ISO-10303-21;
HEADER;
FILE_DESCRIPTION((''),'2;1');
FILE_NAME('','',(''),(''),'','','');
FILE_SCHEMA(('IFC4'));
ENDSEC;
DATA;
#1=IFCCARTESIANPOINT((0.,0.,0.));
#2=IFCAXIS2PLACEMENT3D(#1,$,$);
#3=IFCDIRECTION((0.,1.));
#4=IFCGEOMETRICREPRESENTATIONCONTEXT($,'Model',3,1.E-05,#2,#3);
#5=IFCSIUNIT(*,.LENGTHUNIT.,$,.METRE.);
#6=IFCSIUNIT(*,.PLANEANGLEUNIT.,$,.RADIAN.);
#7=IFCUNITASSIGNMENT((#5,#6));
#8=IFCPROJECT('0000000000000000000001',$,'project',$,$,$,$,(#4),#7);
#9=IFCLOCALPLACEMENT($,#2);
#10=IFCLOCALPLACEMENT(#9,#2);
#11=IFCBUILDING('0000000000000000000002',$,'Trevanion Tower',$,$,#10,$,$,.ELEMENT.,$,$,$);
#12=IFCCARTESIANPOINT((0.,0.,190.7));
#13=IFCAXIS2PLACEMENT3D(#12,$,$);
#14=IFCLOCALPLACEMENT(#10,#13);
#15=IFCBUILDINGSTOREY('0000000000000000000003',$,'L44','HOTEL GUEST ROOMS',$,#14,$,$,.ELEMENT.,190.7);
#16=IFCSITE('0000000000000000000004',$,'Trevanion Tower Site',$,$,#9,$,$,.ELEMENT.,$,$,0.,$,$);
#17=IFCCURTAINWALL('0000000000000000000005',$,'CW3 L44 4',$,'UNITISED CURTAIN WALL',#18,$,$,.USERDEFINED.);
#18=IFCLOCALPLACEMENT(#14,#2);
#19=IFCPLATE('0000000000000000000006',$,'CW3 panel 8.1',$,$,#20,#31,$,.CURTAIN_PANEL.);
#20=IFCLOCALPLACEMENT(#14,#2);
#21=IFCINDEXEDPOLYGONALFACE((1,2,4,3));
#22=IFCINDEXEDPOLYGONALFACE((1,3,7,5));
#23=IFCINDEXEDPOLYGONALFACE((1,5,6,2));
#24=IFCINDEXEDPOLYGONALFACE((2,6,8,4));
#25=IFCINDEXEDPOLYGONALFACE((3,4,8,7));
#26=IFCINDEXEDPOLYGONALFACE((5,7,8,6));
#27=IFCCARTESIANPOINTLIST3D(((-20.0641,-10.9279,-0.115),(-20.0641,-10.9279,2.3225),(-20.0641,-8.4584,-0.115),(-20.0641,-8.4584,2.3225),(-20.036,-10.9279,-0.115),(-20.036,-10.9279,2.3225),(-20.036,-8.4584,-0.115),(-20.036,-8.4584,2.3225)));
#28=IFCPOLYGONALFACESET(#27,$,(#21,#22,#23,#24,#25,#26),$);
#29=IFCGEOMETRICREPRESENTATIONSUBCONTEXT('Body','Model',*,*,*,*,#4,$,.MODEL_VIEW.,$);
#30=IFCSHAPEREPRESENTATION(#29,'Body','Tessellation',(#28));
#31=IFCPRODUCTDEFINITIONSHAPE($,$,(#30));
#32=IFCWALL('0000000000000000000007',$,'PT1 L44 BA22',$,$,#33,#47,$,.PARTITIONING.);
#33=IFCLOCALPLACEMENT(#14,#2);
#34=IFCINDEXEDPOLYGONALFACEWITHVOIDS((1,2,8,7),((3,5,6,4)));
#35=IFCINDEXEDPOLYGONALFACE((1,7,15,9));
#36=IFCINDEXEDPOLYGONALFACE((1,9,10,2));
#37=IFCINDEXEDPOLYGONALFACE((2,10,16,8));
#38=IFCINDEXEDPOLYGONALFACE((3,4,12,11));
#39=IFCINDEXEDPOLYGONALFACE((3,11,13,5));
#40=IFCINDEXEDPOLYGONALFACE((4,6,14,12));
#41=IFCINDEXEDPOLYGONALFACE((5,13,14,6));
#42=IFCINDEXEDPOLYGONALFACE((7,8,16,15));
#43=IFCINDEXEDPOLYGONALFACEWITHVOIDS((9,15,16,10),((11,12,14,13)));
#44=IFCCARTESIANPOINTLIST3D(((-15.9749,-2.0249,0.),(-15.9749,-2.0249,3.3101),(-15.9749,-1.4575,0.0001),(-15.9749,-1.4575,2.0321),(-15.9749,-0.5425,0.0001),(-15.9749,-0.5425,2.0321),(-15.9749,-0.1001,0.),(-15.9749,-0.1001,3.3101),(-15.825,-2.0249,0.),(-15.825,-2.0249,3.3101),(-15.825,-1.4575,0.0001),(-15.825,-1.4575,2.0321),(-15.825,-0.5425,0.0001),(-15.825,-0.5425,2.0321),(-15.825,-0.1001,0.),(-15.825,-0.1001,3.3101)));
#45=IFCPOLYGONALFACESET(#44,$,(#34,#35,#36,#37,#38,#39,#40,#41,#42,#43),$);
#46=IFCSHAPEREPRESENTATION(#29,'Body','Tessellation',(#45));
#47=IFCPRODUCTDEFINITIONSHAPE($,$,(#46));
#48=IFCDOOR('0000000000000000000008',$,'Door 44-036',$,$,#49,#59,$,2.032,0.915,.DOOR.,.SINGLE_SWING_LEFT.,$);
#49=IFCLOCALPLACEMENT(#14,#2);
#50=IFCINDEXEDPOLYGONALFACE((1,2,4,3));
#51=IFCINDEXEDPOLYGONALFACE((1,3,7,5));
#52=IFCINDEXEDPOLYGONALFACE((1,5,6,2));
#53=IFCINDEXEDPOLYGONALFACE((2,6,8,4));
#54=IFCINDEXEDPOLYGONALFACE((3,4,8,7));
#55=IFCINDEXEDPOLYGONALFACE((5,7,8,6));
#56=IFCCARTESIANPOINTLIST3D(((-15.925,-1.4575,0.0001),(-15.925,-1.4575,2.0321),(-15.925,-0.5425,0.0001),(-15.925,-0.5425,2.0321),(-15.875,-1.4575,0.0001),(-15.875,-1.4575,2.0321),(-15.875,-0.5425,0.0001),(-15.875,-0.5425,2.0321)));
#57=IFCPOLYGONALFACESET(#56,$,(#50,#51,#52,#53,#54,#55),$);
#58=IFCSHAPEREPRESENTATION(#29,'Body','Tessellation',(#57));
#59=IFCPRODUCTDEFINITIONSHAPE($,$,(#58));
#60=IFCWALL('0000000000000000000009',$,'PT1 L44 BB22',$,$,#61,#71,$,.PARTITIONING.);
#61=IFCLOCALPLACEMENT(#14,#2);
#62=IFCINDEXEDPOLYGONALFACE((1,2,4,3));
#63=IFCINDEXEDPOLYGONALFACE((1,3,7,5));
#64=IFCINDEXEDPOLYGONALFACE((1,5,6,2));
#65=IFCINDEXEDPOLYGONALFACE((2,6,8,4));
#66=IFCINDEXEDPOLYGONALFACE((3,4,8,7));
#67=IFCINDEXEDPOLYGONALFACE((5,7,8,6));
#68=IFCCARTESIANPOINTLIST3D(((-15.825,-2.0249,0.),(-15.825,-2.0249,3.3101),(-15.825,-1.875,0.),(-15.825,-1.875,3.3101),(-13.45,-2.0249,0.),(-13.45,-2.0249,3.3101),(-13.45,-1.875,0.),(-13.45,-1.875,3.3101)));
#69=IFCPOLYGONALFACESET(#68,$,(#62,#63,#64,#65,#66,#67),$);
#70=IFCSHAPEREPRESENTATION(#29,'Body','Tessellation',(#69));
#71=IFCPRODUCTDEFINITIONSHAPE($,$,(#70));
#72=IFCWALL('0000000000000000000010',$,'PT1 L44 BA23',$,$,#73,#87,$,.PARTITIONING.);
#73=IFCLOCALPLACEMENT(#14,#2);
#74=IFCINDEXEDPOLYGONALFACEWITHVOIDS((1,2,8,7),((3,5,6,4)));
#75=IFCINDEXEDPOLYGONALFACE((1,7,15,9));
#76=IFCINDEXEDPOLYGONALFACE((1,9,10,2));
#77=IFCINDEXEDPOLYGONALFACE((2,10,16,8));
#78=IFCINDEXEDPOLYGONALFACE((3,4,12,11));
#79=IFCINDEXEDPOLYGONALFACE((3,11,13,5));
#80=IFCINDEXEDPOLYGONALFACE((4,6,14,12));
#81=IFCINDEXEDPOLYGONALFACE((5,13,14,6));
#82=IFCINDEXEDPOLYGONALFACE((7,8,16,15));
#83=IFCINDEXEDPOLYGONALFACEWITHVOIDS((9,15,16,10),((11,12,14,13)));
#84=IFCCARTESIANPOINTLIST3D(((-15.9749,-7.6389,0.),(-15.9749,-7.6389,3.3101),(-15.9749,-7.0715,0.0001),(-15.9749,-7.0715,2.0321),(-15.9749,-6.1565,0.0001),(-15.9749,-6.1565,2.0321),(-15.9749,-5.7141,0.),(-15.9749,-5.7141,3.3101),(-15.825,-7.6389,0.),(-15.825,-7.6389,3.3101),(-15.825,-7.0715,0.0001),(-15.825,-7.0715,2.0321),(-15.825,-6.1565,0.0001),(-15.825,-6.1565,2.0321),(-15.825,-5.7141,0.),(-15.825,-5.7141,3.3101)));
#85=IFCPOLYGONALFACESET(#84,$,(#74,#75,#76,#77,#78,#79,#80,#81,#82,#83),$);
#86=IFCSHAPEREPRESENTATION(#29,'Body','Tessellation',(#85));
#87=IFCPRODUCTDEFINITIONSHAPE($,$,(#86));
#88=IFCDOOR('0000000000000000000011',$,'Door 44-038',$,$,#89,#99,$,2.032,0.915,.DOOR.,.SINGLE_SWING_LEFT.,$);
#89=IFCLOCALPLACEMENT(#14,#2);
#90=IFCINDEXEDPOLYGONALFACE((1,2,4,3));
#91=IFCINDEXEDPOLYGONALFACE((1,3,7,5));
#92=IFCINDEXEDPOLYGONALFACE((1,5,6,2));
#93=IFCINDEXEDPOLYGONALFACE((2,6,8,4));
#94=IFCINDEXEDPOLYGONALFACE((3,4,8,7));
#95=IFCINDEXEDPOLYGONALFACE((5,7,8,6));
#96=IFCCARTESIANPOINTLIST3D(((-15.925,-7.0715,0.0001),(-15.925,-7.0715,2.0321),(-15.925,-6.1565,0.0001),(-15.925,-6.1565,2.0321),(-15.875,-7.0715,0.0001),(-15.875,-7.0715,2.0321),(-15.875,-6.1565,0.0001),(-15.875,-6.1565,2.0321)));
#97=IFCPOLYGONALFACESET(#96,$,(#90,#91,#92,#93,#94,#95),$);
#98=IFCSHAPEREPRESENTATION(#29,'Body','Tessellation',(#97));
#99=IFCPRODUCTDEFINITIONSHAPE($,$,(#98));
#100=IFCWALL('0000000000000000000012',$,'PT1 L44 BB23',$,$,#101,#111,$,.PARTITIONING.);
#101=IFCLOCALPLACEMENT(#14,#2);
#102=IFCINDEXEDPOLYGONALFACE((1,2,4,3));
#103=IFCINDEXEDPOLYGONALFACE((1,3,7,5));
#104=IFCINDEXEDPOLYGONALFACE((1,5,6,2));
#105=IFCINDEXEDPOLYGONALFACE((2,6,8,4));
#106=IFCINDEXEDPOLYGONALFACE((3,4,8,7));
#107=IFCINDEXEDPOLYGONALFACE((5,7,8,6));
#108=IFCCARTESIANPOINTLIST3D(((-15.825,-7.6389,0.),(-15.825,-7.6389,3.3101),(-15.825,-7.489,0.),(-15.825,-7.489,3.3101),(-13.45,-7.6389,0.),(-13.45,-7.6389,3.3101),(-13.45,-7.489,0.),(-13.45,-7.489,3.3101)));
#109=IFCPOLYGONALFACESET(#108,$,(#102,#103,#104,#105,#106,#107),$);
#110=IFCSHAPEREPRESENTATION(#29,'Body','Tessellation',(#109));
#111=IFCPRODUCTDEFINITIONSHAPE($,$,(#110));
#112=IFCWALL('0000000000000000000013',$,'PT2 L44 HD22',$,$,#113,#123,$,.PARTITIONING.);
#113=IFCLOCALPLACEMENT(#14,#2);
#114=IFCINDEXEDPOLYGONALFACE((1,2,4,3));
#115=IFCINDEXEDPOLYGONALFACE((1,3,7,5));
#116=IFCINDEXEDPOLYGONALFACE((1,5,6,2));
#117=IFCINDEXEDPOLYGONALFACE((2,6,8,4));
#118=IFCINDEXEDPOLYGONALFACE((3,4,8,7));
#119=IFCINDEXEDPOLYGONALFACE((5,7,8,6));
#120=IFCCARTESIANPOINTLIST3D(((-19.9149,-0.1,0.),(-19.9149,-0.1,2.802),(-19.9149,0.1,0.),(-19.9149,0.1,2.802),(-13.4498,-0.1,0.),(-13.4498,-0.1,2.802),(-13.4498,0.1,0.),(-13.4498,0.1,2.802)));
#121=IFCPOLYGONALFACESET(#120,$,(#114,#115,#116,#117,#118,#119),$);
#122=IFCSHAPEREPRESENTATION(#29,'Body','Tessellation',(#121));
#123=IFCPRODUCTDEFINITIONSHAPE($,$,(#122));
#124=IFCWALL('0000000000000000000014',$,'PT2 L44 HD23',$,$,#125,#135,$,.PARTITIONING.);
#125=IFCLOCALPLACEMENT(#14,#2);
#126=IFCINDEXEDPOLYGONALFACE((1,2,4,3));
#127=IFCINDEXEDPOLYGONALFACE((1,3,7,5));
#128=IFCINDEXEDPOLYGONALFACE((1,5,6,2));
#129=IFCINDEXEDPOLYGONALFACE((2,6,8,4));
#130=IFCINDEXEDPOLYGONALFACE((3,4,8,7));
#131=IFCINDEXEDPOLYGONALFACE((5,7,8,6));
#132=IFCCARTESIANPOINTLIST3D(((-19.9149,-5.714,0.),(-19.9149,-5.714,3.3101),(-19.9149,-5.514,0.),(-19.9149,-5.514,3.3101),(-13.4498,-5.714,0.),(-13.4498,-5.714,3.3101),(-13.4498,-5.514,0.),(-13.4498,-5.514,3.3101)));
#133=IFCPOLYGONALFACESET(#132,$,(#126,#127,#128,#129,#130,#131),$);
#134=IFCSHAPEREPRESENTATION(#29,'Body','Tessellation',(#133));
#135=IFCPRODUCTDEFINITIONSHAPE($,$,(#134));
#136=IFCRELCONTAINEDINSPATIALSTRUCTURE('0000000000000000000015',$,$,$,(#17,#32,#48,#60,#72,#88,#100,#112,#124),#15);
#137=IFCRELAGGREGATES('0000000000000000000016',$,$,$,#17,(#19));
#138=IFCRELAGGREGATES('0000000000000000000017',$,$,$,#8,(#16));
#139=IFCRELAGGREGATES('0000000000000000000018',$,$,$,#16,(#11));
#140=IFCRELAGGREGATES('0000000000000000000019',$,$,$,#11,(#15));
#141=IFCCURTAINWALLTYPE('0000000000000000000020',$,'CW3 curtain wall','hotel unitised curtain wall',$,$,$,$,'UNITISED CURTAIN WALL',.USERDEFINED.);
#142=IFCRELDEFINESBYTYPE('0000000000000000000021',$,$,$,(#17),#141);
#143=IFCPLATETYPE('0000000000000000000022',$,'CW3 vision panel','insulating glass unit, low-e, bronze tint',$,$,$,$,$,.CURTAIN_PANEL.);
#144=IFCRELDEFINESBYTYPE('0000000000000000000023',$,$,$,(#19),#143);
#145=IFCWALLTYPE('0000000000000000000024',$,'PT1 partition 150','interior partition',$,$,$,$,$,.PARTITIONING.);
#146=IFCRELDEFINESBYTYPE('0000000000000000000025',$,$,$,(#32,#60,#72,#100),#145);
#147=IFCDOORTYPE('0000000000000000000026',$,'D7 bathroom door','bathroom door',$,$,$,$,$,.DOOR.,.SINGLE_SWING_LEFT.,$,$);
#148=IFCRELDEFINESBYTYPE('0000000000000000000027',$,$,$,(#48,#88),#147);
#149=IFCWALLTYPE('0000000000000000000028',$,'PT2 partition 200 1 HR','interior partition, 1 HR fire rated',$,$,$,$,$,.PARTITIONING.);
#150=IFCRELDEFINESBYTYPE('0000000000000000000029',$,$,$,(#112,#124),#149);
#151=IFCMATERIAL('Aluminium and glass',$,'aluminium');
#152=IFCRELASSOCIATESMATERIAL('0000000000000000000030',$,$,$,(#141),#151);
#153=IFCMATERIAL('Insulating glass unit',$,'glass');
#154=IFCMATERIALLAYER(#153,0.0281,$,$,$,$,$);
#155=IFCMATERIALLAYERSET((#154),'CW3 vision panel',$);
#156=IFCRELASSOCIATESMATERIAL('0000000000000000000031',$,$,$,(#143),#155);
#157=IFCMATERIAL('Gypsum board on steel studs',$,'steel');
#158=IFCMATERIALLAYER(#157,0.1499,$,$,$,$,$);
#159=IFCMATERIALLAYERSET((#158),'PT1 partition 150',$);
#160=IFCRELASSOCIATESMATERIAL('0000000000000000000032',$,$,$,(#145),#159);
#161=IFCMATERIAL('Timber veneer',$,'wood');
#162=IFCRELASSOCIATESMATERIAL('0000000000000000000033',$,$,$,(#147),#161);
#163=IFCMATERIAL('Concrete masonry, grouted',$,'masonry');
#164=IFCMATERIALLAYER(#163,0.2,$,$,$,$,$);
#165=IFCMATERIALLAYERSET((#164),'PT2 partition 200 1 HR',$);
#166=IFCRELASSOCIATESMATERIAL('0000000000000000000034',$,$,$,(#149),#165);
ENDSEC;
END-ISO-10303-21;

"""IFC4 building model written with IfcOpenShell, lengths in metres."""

from ifc_helpers import new_model, si_unit, direction, frame, frame_2d, origin, origin_2d, place, context, subcontext, project, spatial, rectangle, extrude, material, layer, layer_set, type_object, element, fill, aggregate, save


model = new_model("IFC4")

# Units and contexts
model_context = context("Model", 3, precision=1e-05, world=origin(), true_north=direction((0.0, 1.0)))
body_context = subcontext(model_context, "Body", "Model", "MODEL_VIEW")
ifc_project = project(units=[si_unit("LENGTHUNIT", "METRE"), si_unit("PLANEANGLEUNIT", "RADIAN")], contexts=[model_context])

# Site, building, storey
site_placement = place(None, origin())
site = spatial("IfcSite", under=ifc_project, at=site_placement, Name="Trevanion Tower Site", CompositionType="ELEMENT", RefElevation=0.0)
building_placement = place(site_placement, origin())
building = spatial("IfcBuilding", under=site, at=building_placement, Name="Trevanion Tower", CompositionType="ELEMENT")
storey_placement = place(building_placement, frame((0.0, 0.0, 190.7)))
storey = spatial("IfcBuildingStorey", under=building, at=storey_placement, Name="L44", Description="HOTEL GUEST ROOMS", CompositionType="ELEMENT", Elevation=190.7)

# Curtain wall
ifc_material_1 = material(Name="Aluminium and glass", Category="aluminium")
curtain_wall_type = type_object("IfcCurtainWallType", Name="CW3 curtain wall", Description="hotel unitised curtain wall", ElementType="UNITISED CURTAIN WALL", PredefinedType="USERDEFINED", material=ifc_material_1)
curtain_wall_placement = place(storey_placement, origin())
curtain_wall = element("IfcCurtainWall", 1, at=curtain_wall_placement, inside=storey, type_object=curtain_wall_type, Name="CW3 L44 4", ObjectType="UNITISED CURTAIN WALL", PredefinedType="USERDEFINED")

# Plate
ifc_material_2 = material(Name="Insulating glass unit", Category="glass")
ifc_layer_1 = layer(ifc_material_2, 0.0281)
ifc_layer_set_1 = layer_set([ifc_layer_1], Name="CW3 vision panel")
plate_type_1 = type_object("IfcPlateType", Name="CW3 vision panel", Description="insulating glass unit, low-e, bronze tint", PredefinedType="CURTAIN_PANEL", material=ifc_layer_set_1)
plate_1_placement = place(storey_placement, frame((-20.05, -9.6931, -0.115), z_axis=(0.0, 0.0, 1.0), x_axis=(0.0, -1.0, 0.0)))
plate_1 = element("IfcPlate", 2, at=plate_1_placement, type_object=plate_type_1, Name="CW3 panel 8.1", PredefinedType="CURTAIN_PANEL", context=body_context, shape_type="SweptSolid", body=[
    extrude(rectangle(XDim=2.4695, YDim=0.0281, at=origin_2d()), origin(), (0.0, 0.0, 1.0), 2.4375),
])
aggregate(curtain_wall, [plate_1])

# Wall, opening, door
ifc_material_3 = material(Name="Gypsum board on steel studs", Category="steel")
ifc_layer_2 = layer(ifc_material_3, 0.1499)
ifc_layer_set_2 = layer_set([ifc_layer_2], Name="PT1 partition 150")
wall_type_1 = type_object("IfcWallType", Name="PT1 partition 150", Description="interior partition", PredefinedType="PARTITIONING", material=ifc_layer_set_2)
wall_1_placement = place(storey_placement, frame((-15.8999, -0.1001, 0.0), z_axis=(0.0, 0.0, 1.0), x_axis=(0.0, -1.0, 0.0)))
wall_1 = element("IfcWall", 3, at=wall_1_placement, inside=storey, type_object=wall_type_1, Name="PT1 L44 BA22", PredefinedType="PARTITIONING", context=body_context, shape_type="SweptSolid", body=[
    extrude(rectangle(XDim=1.9248, YDim=0.1499, at=frame_2d((0.9624, 0.0))), origin(), (0.0, 0.0, 1.0), 3.3101),
])
opening_1_placement = place(wall_1_placement, frame((0.4424, 0.0, 0.0)))
opening_1 = element("IfcOpeningElement", 4, at=opening_1_placement, cuts=wall_1, PredefinedType="OPENING", context=body_context, shape_type="SweptSolid", body=[
    extrude(rectangle(XDim=0.915, YDim=2.032, at=frame_2d((0.4575, 1.0161))), frame((0.0, 0.085, 0.0), z_axis=(0.0, -1.0, 0.0), x_axis=(1.0, 0.0, 0.0)), (0.0, 0.0, 1.0), 0.1699),
])
ifc_material_4 = material(Name="Timber veneer", Category="wood")
door_type = type_object("IfcDoorType", Name="D7 bathroom door", Description="bathroom door", OperationType="SINGLE_SWING_LEFT", PredefinedType="DOOR", material=ifc_material_4)
door_1_placement = place(opening_1_placement, origin())
door_1 = element("IfcDoor", 5, at=door_1_placement, inside=storey, type_object=door_type, Name="Door 44-036", OperationType="SINGLE_SWING_LEFT", OverallHeight=2.032, OverallWidth=0.915, PredefinedType="DOOR", context=body_context, shape_type="SweptSolid", body=[
    extrude(rectangle(XDim=0.915, YDim=2.032, at=frame_2d((0.4575, 1.0161))), frame((0.0, 0.0249, 0.0), z_axis=(0.0, -1.0, 0.0), x_axis=(1.0, 0.0, 0.0)), (0.0, 0.0, 1.0), 0.05),
])
fill(opening_1, door_1)

# Wall
wall_2_placement = place(storey_placement, frame((-13.45, -1.95, 0.0), z_axis=(0.0, 0.0, 1.0), x_axis=(-1.0, 0.0, 0.0)))
element("IfcWall", 6, at=wall_2_placement, inside=storey, type_object=wall_type_1, Name="PT1 L44 BB22", PredefinedType="PARTITIONING", context=body_context, shape_type="SweptSolid", body=[
    extrude(rectangle(XDim=2.375, YDim=0.1499, at=frame_2d((1.1875, 0.0))), origin(), (0.0, 0.0, 1.0), 3.3101),
])

# Wall, opening, door
wall_3_placement = place(storey_placement, frame((-15.8999, -5.7141, 0.0), z_axis=(0.0, 0.0, 1.0), x_axis=(0.0, -1.0, 0.0)))
wall_3 = element("IfcWall", 7, at=wall_3_placement, inside=storey, type_object=wall_type_1, Name="PT1 L44 BA23", PredefinedType="PARTITIONING", context=body_context, shape_type="SweptSolid", body=[
    extrude(rectangle(XDim=1.9248, YDim=0.1499, at=frame_2d((0.9624, 0.0))), origin(), (0.0, 0.0, 1.0), 3.3101),
])
opening_2_placement = place(wall_3_placement, frame((0.4424, 0.0, 0.0)))
opening_2 = element("IfcOpeningElement", 8, at=opening_2_placement, cuts=wall_3, PredefinedType="OPENING", context=body_context, shape_type="SweptSolid", body=[
    extrude(rectangle(XDim=0.915, YDim=2.032, at=frame_2d((0.4575, 1.0161))), frame((0.0, 0.085, 0.0), z_axis=(0.0, -1.0, 0.0), x_axis=(1.0, 0.0, 0.0)), (0.0, 0.0, 1.0), 0.1699),
])
door_2_placement = place(opening_2_placement, origin())
door_2 = element("IfcDoor", 9, at=door_2_placement, inside=storey, type_object=door_type, Name="Door 44-038", OperationType="SINGLE_SWING_LEFT", OverallHeight=2.032, OverallWidth=0.915, PredefinedType="DOOR", context=body_context, shape_type="SweptSolid", body=[
    extrude(rectangle(XDim=0.915, YDim=2.032, at=frame_2d((0.4575, 1.0161))), frame((0.0, 0.0249, 0.0), z_axis=(0.0, -1.0, 0.0), x_axis=(1.0, 0.0, 0.0)), (0.0, 0.0, 1.0), 0.05),
])
fill(opening_2, door_2)

# Walls
wall_4_placement = place(storey_placement, frame((-13.45, -7.564, 0.0), z_axis=(0.0, 0.0, 1.0), x_axis=(-1.0, 0.0, 0.0)))
element("IfcWall", 10, at=wall_4_placement, inside=storey, type_object=wall_type_1, Name="PT1 L44 BB23", PredefinedType="PARTITIONING", context=body_context, shape_type="SweptSolid", body=[
    extrude(rectangle(XDim=2.375, YDim=0.1499, at=frame_2d((1.1875, 0.0))), origin(), (0.0, 0.0, 1.0), 3.3101),
])
ifc_material_5 = material(Name="Concrete masonry, grouted", Category="masonry")
ifc_layer_3 = layer(ifc_material_5, 0.2)
ifc_layer_set_3 = layer_set([ifc_layer_3], Name="PT2 partition 200 1 HR")
wall_type_2 = type_object("IfcWallType", Name="PT2 partition 200 1 HR", Description="interior partition, 1 HR fire rated", PredefinedType="PARTITIONING", material=ifc_layer_set_3)
wall_5_placement = place(storey_placement, frame((-13.45, 0.0, 0.0), z_axis=(0.0, 0.0, 1.0), x_axis=(-1.0, 0.0, 0.0)))
element("IfcWall", 11, at=wall_5_placement, inside=storey, type_object=wall_type_2, Name="PT2 L44 HD22", PredefinedType="PARTITIONING", context=body_context, shape_type="SweptSolid", body=[
    extrude(rectangle(XDim=6.4651, YDim=0.2, at=frame_2d((3.2324, 0.0))), origin(), (0.0, 0.0, 1.0), 2.802),
])
wall_6_placement = place(storey_placement, frame((-13.45, -5.614, 0.0), z_axis=(0.0, 0.0, 1.0), x_axis=(-1.0, 0.0, 0.0)))
element("IfcWall", 12, at=wall_6_placement, inside=storey, type_object=wall_type_2, Name="PT2 L44 HD23", PredefinedType="PARTITIONING", context=body_context, shape_type="SweptSolid", body=[
    extrude(rectangle(XDim=6.4651, YDim=0.2, at=frame_2d((3.2324, 0.0))), origin(), (0.0, 0.0, 1.0), 3.3101),
])

save(model, "model.ifc")
